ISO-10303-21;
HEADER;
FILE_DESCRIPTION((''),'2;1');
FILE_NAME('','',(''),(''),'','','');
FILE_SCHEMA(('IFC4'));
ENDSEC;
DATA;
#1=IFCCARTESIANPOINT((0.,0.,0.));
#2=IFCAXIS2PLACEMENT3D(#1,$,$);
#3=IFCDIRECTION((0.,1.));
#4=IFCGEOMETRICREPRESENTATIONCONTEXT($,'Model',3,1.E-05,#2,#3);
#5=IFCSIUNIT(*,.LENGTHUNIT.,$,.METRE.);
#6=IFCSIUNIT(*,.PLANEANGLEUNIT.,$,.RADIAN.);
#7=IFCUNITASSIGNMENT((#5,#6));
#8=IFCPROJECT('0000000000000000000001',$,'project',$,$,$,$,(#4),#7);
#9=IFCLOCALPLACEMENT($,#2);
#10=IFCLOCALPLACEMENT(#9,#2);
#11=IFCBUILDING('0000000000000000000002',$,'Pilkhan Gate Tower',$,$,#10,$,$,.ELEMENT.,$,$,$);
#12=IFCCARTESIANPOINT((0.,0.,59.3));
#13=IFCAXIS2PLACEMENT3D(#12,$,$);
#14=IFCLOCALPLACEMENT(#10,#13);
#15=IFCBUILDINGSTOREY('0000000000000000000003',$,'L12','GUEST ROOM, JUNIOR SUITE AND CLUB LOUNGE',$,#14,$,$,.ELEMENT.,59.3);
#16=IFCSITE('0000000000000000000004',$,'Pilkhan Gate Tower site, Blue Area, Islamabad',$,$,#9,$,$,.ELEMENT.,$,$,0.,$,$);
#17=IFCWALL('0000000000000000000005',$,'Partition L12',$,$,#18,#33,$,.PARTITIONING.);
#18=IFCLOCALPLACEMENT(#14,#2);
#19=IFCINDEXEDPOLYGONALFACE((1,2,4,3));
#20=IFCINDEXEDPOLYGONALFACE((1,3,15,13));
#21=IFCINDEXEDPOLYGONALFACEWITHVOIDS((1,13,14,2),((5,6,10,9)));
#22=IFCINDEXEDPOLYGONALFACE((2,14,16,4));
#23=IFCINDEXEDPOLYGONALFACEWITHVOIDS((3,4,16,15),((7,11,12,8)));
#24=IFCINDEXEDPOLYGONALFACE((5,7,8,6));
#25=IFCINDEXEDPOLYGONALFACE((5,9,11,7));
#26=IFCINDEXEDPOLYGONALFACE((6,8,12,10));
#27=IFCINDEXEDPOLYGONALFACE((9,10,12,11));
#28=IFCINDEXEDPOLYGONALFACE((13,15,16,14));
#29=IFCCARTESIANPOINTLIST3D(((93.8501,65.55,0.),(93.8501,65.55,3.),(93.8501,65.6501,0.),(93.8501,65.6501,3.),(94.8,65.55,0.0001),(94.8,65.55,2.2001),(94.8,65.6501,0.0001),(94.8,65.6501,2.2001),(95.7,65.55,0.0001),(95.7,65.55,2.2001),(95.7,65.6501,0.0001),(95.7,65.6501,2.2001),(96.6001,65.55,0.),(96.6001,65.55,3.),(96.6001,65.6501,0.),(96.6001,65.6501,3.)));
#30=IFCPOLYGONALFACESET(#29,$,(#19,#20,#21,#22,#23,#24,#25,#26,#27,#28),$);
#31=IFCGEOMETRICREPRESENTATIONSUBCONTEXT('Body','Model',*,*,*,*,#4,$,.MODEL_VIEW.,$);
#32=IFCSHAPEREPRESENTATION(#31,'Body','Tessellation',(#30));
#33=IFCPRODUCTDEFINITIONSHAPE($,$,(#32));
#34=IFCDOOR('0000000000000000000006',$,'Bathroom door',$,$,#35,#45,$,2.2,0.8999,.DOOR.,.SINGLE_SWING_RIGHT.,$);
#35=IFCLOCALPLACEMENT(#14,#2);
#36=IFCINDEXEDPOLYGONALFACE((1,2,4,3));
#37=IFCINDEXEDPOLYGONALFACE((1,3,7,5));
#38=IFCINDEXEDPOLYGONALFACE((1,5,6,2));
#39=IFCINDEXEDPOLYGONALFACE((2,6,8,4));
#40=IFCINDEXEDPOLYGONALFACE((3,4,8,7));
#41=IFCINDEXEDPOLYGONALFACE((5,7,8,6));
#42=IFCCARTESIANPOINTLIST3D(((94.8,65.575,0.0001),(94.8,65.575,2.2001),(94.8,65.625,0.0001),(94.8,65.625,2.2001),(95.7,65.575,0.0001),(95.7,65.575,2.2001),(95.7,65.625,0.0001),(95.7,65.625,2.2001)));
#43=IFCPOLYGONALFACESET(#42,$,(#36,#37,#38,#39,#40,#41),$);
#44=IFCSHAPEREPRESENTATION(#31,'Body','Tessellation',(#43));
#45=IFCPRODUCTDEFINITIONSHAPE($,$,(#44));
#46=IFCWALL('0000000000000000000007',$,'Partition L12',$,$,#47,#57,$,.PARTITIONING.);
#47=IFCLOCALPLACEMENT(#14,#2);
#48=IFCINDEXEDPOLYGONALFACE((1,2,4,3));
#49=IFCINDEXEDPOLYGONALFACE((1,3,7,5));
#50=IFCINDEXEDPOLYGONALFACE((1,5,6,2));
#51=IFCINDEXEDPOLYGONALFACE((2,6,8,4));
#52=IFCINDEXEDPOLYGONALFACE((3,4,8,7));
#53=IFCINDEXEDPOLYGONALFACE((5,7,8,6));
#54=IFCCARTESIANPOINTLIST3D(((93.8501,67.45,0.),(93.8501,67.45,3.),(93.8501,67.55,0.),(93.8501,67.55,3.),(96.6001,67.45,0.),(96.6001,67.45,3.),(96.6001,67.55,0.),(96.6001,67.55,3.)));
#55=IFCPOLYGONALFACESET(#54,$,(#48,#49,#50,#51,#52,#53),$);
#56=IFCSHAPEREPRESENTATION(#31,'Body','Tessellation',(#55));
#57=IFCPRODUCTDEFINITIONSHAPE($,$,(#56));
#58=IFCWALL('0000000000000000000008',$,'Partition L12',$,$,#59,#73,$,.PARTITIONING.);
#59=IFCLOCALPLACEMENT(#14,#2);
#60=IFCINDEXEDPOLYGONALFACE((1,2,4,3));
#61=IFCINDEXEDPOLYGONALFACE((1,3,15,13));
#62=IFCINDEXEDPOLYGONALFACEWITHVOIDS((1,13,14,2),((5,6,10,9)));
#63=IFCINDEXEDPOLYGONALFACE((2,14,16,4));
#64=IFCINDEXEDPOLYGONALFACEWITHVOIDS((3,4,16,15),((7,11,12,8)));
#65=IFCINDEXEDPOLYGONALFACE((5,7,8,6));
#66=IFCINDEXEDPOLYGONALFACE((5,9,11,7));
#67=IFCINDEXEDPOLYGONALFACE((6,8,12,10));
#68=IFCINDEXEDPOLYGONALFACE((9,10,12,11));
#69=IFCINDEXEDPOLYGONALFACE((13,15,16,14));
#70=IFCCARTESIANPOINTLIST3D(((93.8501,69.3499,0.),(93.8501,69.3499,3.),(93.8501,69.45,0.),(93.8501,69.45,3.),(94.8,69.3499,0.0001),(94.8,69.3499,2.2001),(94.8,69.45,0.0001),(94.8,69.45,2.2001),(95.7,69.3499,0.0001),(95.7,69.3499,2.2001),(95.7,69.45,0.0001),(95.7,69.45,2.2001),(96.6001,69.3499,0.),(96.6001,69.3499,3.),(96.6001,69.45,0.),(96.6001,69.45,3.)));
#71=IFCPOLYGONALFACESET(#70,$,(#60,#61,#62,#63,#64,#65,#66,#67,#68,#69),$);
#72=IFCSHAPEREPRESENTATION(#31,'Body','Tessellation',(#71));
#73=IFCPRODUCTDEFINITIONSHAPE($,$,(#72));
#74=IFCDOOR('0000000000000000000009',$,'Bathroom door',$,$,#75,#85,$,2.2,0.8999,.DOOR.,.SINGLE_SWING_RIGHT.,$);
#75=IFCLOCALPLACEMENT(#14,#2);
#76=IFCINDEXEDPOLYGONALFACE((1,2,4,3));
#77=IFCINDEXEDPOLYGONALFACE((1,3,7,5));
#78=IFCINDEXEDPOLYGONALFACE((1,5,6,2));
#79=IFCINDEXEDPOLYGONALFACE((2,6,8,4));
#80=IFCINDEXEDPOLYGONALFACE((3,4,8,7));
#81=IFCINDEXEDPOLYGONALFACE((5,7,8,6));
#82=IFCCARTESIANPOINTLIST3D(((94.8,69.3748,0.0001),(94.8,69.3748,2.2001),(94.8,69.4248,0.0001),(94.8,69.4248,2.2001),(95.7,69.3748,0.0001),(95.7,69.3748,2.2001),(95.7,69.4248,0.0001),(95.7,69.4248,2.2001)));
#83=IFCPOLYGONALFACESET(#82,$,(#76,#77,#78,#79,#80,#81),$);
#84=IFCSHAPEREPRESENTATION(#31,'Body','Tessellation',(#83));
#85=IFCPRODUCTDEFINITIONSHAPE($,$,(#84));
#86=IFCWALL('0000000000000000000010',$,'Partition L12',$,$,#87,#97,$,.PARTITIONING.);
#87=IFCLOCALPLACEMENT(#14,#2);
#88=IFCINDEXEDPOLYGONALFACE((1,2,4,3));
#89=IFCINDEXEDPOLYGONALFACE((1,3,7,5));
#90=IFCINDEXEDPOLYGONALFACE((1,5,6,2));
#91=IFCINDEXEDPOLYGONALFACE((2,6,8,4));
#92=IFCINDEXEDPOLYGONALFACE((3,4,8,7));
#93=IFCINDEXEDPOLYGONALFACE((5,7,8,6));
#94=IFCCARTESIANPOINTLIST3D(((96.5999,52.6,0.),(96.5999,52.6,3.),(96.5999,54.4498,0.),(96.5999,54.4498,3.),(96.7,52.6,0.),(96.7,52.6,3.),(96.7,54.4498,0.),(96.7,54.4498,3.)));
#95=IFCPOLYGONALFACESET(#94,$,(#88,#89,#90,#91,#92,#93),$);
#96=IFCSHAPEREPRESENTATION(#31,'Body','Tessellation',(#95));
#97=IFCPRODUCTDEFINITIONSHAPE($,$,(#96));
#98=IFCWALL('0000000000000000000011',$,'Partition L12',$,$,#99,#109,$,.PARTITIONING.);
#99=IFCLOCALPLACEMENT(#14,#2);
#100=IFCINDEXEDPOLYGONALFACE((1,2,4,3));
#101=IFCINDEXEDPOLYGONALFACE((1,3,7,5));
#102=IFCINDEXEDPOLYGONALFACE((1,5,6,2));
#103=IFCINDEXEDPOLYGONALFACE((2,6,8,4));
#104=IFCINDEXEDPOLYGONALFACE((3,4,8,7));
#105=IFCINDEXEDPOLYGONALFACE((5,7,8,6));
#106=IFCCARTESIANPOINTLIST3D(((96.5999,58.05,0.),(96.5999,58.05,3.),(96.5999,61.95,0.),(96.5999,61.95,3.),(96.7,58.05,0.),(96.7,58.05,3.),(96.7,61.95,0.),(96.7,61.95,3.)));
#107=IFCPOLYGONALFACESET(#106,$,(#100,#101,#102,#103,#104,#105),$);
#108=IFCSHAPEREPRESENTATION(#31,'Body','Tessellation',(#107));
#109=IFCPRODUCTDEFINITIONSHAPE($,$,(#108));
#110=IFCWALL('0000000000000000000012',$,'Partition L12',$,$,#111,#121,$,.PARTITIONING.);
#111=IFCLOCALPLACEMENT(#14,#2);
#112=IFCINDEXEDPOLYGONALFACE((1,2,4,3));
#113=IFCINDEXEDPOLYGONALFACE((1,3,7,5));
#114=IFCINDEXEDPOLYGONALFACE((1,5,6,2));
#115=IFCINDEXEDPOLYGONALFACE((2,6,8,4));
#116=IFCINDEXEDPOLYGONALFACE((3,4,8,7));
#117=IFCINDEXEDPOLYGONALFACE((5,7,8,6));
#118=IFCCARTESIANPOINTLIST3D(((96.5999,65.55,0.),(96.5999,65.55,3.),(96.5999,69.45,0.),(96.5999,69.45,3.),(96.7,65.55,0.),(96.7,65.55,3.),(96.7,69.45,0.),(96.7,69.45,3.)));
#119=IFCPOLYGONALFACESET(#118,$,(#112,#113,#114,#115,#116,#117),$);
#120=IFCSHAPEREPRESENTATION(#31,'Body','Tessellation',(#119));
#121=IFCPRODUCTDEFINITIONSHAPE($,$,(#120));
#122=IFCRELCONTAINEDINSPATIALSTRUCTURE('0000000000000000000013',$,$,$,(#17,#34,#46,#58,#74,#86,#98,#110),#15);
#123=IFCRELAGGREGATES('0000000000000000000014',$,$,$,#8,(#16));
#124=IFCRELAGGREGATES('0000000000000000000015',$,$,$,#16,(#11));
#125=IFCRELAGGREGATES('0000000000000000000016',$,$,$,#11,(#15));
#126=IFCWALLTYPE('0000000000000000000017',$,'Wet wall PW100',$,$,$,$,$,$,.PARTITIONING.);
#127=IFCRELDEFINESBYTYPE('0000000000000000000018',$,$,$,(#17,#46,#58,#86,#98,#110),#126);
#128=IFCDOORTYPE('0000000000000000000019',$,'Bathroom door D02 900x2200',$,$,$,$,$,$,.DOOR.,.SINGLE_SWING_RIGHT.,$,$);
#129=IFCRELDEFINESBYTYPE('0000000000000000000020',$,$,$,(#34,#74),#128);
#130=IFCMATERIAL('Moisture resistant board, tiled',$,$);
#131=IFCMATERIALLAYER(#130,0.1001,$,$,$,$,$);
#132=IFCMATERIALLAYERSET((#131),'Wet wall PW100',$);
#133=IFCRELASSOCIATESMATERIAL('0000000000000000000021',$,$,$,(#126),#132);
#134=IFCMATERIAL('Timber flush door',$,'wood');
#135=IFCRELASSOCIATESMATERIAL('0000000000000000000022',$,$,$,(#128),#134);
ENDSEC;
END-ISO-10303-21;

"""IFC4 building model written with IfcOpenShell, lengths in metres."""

from ifc_helpers import new_model, si_unit, direction, frame, frame_2d, origin, place, context, subcontext, project, spatial, rectangle, extrude, material, layer, layer_set, type_object, element, fill, save


model = new_model("IFC4")

# Units and contexts
model_context = context("Model", 3, precision=1e-05, world=origin(), true_north=direction((0.0, 1.0)))
body_context = subcontext(model_context, "Body", "Model", "MODEL_VIEW")
ifc_project = project(units=[si_unit("LENGTHUNIT", "METRE"), si_unit("PLANEANGLEUNIT", "RADIAN")], contexts=[model_context])

# Site, building, storey
site_placement = place(None, origin())
site = spatial("IfcSite", under=ifc_project, at=site_placement, Name="Pilkhan Gate Tower site, Blue Area, Islamabad", CompositionType="ELEMENT", RefElevation=0.0)
building_placement = place(site_placement, origin())
building = spatial("IfcBuilding", under=site, at=building_placement, Name="Pilkhan Gate Tower", CompositionType="ELEMENT")
storey_placement = place(building_placement, frame((0.0, 0.0, 59.3)))
storey = spatial("IfcBuildingStorey", under=building, at=storey_placement, Name="L12", Description="GUEST ROOM, JUNIOR SUITE AND CLUB LOUNGE", CompositionType="ELEMENT", Elevation=59.3)

# Wall, opening, door
ifc_material_1 = material(Name="Moisture resistant board, tiled")
ifc_layer_1 = layer(ifc_material_1, 0.1001)
ifc_layer_set_1 = layer_set([ifc_layer_1], Name="Wet wall PW100")
wall_type_1 = type_object("IfcWallType", Name="Wet wall PW100", PredefinedType="PARTITIONING", material=ifc_layer_set_1)
ifc_material_2 = material(Name="Timber flush door", Category="wood")
door_type = type_object("IfcDoorType", Name="Bathroom door D02 900x2200", OperationType="SINGLE_SWING_RIGHT", PredefinedType="DOOR", material=ifc_material_2)
wall_1_placement = place(storey_placement, frame((93.8501, 65.6001, 0.0), z_axis=(0.0, 0.0, 1.0), x_axis=(1.0, 0.0, 0.0)))
wall_1 = element("IfcWall", 1, at=wall_1_placement, inside=storey, type_object=wall_type_1, Name="Partition L12", PredefinedType="PARTITIONING", context=body_context, shape_type="SweptSolid", body=[
    extrude(rectangle(XDim=2.75, YDim=0.1001, at=frame_2d((1.375, 0.0))), origin(), (0.0, 0.0, 1.0), 3.0),
])
opening_1_placement = place(wall_1_placement, frame((0.95, 0.0, 0.0)))
opening_1 = element("IfcOpeningElement", 2, at=opening_1_placement, cuts=wall_1, PredefinedType="OPENING", context=body_context, shape_type="SweptSolid", body=[
    extrude(rectangle(XDim=0.8999, YDim=2.2, at=frame_2d((0.45, 1.1001))), frame((0.0, 0.0601, 0.0), z_axis=(0.0, -1.0, 0.0), x_axis=(1.0, 0.0, 0.0)), (0.0, 0.0, 1.0), 0.1201),
])
door_1_placement = place(opening_1_placement, origin())
door_1 = element("IfcDoor", 3, at=door_1_placement, inside=storey, type_object=door_type, Name="Bathroom door", OperationType="SINGLE_SWING_RIGHT", OverallHeight=2.2, OverallWidth=0.8999, PredefinedType="DOOR", context=body_context, shape_type="SweptSolid", body=[
    extrude(rectangle(XDim=0.8999, YDim=2.2, at=frame_2d((0.45, 1.1001))), frame((0.0, 0.0249, 0.0), z_axis=(0.0, -1.0, 0.0), x_axis=(1.0, 0.0, 0.0)), (0.0, 0.0, 1.0), 0.05),
])
fill(opening_1, door_1)

# Wall
wall_2_placement = place(storey_placement, frame((93.8501, 67.5, 0.0), z_axis=(0.0, 0.0, 1.0), x_axis=(1.0, 0.0, 0.0)))
element("IfcWall", 4, at=wall_2_placement, inside=storey, type_object=wall_type_1, Name="Partition L12", PredefinedType="PARTITIONING", context=body_context, shape_type="SweptSolid", body=[
    extrude(rectangle(XDim=2.75, YDim=0.1001, at=frame_2d((1.375, 0.0))), origin(), (0.0, 0.0, 1.0), 3.0),
])

# Wall, opening, door
wall_3_placement = place(storey_placement, frame((93.8501, 69.3999, 0.0), z_axis=(0.0, 0.0, 1.0), x_axis=(1.0, 0.0, 0.0)))
wall_3 = element("IfcWall", 5, at=wall_3_placement, inside=storey, type_object=wall_type_1, Name="Partition L12", PredefinedType="PARTITIONING", context=body_context, shape_type="SweptSolid", body=[
    extrude(rectangle(XDim=2.75, YDim=0.1001, at=frame_2d((1.375, 0.0))), origin(), (0.0, 0.0, 1.0), 3.0),
])
opening_2_placement = place(wall_3_placement, frame((0.95, 0.0, 0.0)))
opening_2 = element("IfcOpeningElement", 6, at=opening_2_placement, cuts=wall_3, PredefinedType="OPENING", context=body_context, shape_type="SweptSolid", body=[
    extrude(rectangle(XDim=0.8999, YDim=2.2, at=frame_2d((0.45, 1.1001))), frame((0.0, 0.0601, 0.0), z_axis=(0.0, -1.0, 0.0), x_axis=(1.0, 0.0, 0.0)), (0.0, 0.0, 1.0), 0.1201),
])
door_2_placement = place(opening_2_placement, origin())
door_2 = element("IfcDoor", 7, at=door_2_placement, inside=storey, type_object=door_type, Name="Bathroom door", OperationType="SINGLE_SWING_RIGHT", OverallHeight=2.2, OverallWidth=0.8999, PredefinedType="DOOR", context=body_context, shape_type="SweptSolid", body=[
    extrude(rectangle(XDim=0.8999, YDim=2.2, at=frame_2d((0.45, 1.1001))), frame((0.0, 0.0249, 0.0), z_axis=(0.0, -1.0, 0.0), x_axis=(1.0, 0.0, 0.0)), (0.0, 0.0, 1.0), 0.05),
])
fill(opening_2, door_2)

# Walls
wall_4_placement = place(storey_placement, frame((96.6499, 52.6001, 0.0), z_axis=(0.0, 0.0, 1.0), x_axis=(0.0, 1.0, 0.0)))
element("IfcWall", 8, at=wall_4_placement, inside=storey, type_object=wall_type_1, Name="Partition L12", PredefinedType="PARTITIONING", context=body_context, shape_type="SweptSolid", body=[
    extrude(rectangle(XDim=1.8499, YDim=0.1001, at=frame_2d((0.9248, 0.0))), origin(), (0.0, 0.0, 1.0), 3.0),
])
for number, where, z_axis, x_axis, name in (
    (9, (96.6499, 58.05, 0.0), (0.0, 0.0, 1.0), (0.0, 1.0, 0.0), "Partition L12"),
    (10, (96.6499, 65.55, 0.0), (0.0, 0.0, 1.0), (0.0, 1.0, 0.0), "Partition L12"),
):
    element("IfcWall", number, at=place(storey_placement, frame(where, z_axis=z_axis, x_axis=x_axis)), inside=storey, type_object=wall_type_1, Name=name, PredefinedType="PARTITIONING", context=body_context, shape_type="SweptSolid", body=[
        extrude(rectangle(XDim=3.8999, YDim=0.1001, at=frame_2d((1.95, 0.0))), origin(), (0.0, 0.0, 1.0), 3.0),
    ])

save(model, "model.ifc")
